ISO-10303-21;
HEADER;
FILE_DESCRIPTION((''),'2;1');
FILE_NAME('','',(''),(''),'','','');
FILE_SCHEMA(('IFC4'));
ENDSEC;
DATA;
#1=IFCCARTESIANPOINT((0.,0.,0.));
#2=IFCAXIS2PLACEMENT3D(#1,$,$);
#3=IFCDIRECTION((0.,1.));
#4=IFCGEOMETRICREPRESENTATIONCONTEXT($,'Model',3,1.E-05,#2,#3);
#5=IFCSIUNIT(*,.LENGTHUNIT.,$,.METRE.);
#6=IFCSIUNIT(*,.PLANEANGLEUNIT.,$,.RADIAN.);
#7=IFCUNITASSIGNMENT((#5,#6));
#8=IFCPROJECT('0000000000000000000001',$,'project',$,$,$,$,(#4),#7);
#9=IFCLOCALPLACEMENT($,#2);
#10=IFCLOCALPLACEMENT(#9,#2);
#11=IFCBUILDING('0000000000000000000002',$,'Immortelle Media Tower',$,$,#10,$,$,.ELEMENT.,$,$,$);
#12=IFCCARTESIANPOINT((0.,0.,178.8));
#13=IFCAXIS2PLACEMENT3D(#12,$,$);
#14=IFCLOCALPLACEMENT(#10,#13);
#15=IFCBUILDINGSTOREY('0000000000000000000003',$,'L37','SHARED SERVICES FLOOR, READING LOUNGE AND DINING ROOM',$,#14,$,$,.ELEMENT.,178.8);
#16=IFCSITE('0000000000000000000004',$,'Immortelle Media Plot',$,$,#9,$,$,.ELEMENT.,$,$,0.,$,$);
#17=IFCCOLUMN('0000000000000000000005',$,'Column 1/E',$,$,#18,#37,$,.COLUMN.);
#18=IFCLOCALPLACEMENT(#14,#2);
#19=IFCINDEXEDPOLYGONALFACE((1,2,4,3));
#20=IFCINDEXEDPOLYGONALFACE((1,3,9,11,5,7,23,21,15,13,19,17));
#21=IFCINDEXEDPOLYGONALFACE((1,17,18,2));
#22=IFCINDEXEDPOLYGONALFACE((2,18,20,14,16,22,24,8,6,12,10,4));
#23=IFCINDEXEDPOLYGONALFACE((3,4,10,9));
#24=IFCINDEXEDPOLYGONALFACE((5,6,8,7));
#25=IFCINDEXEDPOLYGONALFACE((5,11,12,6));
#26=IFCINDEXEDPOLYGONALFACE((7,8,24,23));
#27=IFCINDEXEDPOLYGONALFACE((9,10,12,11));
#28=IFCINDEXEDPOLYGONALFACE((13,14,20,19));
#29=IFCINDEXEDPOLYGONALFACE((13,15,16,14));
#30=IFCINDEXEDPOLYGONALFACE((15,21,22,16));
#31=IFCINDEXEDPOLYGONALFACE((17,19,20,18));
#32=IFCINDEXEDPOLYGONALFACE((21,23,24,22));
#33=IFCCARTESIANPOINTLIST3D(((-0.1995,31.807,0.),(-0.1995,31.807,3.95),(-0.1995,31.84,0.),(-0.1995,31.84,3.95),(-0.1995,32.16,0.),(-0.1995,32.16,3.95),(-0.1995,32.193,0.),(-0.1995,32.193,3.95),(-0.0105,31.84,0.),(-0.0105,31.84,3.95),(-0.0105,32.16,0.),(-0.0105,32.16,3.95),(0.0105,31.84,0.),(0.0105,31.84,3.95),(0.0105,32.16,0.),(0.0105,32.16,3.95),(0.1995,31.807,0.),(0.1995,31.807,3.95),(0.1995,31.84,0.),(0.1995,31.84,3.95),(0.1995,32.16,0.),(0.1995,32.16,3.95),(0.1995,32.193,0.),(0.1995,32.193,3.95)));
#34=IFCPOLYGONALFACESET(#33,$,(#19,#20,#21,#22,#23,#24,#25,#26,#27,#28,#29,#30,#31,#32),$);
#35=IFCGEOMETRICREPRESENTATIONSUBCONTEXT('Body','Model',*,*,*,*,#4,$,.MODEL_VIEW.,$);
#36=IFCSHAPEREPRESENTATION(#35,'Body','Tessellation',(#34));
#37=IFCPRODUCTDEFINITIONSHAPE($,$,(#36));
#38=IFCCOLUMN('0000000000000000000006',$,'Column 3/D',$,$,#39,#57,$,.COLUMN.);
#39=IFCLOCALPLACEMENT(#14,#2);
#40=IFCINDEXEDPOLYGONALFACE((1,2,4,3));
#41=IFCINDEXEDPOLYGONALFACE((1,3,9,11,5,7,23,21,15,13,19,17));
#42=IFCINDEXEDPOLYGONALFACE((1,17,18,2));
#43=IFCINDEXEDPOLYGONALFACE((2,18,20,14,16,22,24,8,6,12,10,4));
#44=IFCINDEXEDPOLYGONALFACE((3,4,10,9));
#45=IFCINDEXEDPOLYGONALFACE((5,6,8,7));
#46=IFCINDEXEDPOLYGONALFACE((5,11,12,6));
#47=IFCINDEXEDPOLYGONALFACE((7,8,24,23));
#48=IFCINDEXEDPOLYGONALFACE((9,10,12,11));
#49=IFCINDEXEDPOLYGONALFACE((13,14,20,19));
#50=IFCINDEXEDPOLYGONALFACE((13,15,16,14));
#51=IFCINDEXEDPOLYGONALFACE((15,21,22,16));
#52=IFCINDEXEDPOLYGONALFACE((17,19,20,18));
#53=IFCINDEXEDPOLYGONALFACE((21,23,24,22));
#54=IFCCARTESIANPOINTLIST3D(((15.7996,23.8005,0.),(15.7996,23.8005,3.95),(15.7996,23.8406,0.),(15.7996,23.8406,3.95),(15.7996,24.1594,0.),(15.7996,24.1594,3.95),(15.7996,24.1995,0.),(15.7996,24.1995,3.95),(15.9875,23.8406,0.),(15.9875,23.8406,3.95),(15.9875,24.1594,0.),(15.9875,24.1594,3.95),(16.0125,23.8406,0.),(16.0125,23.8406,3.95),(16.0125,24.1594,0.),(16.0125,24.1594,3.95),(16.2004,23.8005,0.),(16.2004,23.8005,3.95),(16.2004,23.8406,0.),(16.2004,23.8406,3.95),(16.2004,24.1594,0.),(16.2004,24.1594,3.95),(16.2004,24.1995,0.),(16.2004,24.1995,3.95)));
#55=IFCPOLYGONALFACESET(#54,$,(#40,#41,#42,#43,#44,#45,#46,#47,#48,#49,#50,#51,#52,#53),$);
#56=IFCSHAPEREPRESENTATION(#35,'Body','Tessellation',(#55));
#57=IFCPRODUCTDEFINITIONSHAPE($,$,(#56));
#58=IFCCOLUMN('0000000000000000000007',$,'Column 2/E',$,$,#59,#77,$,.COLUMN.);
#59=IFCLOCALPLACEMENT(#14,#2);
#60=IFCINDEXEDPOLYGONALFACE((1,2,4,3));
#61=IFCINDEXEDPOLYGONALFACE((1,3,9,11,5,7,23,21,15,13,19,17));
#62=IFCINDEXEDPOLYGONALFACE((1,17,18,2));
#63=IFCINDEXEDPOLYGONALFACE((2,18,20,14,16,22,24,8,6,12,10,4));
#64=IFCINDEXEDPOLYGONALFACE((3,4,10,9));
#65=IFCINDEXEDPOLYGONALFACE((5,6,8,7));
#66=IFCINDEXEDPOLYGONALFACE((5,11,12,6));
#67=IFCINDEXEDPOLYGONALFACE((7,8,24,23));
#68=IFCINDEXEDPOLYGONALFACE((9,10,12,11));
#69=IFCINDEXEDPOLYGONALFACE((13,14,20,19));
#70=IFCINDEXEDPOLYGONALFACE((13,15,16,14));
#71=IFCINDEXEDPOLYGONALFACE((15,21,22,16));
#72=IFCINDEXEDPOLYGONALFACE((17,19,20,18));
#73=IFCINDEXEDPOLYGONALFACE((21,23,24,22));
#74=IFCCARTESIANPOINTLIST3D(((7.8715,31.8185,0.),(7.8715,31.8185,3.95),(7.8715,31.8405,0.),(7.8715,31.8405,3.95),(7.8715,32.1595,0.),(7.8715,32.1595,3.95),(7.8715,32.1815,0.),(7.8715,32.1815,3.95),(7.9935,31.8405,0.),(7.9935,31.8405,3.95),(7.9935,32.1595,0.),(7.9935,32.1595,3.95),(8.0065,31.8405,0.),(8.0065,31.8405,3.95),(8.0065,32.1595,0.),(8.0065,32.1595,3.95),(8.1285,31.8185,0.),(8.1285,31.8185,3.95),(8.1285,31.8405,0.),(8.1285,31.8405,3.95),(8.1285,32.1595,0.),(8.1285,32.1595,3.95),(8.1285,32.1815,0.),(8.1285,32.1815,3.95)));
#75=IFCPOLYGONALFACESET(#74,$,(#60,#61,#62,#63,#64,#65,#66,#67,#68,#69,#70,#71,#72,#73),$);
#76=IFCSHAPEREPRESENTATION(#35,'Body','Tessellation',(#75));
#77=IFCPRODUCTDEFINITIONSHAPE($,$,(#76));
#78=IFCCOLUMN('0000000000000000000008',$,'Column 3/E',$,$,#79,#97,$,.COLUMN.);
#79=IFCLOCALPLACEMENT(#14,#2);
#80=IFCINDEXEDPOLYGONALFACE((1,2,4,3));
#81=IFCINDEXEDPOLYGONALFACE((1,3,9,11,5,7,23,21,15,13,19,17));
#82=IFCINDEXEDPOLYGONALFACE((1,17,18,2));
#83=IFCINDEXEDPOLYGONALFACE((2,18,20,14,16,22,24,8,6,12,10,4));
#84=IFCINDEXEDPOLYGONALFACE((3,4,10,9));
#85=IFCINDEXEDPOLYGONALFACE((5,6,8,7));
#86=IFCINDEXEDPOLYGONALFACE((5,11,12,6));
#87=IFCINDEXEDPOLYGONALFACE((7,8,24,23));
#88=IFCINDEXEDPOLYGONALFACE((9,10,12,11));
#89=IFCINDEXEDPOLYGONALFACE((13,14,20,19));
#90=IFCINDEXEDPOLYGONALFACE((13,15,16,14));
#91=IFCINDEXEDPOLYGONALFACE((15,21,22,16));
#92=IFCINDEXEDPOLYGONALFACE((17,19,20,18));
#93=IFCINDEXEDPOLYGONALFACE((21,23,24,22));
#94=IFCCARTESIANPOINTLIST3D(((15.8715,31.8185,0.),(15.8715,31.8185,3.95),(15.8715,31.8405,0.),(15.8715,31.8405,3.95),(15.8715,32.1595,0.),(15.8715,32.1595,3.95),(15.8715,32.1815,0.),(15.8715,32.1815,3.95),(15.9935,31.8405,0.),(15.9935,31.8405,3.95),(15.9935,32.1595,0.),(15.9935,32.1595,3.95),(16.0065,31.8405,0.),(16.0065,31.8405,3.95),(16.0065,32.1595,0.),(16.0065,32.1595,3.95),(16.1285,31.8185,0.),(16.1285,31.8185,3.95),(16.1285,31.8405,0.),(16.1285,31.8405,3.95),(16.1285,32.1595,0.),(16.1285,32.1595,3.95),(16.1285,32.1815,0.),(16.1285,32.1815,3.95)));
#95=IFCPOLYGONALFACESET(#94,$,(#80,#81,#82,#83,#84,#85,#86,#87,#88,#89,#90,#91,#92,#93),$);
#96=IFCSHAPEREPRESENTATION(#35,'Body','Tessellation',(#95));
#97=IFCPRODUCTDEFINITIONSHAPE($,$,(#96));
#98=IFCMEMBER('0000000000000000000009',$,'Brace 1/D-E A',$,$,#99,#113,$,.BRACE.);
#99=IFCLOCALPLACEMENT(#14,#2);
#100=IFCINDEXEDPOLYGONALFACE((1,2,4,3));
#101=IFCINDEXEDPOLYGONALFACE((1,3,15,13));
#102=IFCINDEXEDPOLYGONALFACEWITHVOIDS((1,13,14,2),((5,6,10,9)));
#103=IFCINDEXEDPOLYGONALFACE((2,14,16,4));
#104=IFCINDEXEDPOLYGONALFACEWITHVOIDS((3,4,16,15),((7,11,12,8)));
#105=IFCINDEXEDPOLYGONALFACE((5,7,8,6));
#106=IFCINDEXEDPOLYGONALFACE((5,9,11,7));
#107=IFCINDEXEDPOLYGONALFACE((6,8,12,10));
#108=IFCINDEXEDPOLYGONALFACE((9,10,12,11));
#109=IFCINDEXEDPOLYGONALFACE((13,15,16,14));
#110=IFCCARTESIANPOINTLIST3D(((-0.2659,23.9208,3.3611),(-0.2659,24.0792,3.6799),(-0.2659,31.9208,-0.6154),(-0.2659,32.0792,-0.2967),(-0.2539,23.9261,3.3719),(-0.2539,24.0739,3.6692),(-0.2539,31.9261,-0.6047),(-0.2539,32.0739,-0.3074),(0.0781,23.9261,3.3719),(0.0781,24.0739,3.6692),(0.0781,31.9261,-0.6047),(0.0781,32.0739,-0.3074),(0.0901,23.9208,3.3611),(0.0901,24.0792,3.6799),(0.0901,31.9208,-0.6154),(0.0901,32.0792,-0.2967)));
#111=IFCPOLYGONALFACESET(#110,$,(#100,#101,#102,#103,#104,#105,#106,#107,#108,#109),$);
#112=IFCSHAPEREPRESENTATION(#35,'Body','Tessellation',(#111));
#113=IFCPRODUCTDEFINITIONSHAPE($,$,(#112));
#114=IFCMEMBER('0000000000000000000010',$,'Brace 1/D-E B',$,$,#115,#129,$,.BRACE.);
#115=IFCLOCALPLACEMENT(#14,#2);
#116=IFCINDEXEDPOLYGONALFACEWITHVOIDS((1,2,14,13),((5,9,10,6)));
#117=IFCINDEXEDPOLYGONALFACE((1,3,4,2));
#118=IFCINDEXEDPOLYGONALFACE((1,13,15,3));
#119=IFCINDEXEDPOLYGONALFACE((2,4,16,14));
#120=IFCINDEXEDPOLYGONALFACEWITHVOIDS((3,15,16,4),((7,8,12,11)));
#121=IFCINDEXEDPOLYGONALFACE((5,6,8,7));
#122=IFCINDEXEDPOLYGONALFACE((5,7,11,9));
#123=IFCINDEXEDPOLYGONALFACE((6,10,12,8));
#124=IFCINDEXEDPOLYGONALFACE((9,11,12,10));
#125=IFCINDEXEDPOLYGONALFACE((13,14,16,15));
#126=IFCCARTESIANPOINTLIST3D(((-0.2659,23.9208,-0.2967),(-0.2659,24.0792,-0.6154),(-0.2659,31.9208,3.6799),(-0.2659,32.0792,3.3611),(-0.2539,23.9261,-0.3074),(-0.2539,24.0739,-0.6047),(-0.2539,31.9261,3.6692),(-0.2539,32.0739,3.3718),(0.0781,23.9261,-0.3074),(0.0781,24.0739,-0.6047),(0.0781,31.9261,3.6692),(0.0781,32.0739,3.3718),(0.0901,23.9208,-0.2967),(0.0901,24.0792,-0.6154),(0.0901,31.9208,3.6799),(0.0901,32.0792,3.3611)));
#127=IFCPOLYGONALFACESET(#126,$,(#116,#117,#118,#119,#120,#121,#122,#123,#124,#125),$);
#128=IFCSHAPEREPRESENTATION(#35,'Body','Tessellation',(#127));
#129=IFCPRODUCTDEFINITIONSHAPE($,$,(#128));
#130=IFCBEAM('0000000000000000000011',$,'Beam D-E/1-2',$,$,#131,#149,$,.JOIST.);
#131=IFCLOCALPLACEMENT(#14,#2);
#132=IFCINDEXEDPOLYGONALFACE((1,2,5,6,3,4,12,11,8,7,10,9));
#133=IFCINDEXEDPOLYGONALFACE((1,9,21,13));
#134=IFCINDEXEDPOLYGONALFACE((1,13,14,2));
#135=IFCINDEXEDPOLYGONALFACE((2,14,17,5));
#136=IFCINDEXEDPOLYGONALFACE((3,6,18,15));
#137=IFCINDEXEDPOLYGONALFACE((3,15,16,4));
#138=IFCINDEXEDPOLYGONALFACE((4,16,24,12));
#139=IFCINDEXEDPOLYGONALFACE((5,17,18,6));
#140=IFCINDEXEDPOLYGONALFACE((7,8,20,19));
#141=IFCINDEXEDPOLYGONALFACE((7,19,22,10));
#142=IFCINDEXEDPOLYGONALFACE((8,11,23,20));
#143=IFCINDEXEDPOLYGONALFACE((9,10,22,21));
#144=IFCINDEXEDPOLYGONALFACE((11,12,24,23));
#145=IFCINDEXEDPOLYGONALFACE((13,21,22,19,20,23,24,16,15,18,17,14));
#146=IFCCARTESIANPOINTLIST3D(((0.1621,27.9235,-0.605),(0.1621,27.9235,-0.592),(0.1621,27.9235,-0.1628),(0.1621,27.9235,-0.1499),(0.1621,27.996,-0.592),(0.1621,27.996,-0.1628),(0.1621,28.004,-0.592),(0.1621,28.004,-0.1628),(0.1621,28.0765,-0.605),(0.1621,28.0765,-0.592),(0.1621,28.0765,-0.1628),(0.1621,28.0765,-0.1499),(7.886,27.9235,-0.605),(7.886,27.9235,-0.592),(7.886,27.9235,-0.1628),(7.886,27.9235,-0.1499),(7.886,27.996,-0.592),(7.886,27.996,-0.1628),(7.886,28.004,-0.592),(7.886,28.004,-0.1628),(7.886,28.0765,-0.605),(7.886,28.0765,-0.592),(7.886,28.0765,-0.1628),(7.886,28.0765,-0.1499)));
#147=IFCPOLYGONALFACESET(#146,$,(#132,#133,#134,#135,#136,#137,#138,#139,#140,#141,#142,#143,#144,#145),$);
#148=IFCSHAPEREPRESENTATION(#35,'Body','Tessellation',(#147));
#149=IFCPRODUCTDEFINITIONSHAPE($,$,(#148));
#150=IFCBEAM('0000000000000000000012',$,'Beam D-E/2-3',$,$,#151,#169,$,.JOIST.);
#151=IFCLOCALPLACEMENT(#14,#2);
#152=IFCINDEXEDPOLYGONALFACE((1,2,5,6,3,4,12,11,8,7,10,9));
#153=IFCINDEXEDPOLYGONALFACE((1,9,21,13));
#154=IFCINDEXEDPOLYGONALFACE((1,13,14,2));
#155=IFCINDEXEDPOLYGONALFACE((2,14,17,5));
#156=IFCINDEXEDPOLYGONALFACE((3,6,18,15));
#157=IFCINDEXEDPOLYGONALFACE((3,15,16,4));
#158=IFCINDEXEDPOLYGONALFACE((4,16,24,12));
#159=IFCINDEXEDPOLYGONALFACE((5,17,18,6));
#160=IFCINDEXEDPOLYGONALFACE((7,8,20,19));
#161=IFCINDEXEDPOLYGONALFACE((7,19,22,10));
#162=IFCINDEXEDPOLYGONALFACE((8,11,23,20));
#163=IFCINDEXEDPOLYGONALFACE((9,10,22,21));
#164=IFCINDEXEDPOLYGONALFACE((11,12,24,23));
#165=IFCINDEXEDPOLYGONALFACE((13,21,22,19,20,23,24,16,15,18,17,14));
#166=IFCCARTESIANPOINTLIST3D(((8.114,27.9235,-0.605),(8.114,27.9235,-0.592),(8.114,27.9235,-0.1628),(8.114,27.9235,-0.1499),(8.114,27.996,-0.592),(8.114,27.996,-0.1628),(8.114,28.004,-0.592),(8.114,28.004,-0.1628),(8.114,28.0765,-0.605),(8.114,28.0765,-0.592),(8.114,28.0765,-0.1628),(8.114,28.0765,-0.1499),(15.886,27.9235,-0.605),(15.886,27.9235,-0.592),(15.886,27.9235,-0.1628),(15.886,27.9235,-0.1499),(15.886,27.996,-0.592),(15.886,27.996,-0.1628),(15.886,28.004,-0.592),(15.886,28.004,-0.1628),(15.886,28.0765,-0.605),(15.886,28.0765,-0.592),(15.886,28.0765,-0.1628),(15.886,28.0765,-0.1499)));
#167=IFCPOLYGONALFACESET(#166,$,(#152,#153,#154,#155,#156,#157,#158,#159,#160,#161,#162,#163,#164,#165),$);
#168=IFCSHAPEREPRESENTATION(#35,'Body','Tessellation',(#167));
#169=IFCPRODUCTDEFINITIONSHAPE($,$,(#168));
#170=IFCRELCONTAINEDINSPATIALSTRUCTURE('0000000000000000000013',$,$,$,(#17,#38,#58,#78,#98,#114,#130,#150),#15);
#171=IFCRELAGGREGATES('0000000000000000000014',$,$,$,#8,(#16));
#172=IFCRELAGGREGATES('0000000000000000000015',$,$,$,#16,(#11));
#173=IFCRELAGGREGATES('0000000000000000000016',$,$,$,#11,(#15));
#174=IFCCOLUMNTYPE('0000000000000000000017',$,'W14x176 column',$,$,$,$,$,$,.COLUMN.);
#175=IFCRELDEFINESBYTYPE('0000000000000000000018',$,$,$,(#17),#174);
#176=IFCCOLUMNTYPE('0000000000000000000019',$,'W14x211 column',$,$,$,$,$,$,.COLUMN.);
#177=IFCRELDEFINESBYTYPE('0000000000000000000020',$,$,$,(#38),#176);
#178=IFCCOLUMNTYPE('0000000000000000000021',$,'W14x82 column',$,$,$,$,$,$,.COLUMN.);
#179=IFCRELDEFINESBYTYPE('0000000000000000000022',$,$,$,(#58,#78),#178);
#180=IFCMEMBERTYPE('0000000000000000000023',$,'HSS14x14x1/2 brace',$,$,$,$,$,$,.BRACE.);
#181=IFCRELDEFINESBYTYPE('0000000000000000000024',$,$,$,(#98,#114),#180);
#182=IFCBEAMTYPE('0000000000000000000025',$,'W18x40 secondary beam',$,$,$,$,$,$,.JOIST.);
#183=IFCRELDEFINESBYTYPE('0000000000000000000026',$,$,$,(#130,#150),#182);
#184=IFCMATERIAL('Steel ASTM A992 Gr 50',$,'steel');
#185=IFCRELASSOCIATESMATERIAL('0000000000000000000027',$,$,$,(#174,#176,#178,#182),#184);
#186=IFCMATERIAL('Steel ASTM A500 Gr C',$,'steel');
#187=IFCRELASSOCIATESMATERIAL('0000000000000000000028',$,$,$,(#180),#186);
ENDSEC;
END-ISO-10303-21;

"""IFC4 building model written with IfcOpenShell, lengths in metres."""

from ifc_helpers import new_model, si_unit, direction, frame, origin, origin_2d, place, context, subcontext, project, spatial, hollow_rectangle, i_section, extrude, material, material_profile, profile_set, type_object, element, save


model = new_model("IFC4")

# Units and contexts
model_context = context("Model", 3, precision=1e-05, world=origin(), true_north=direction((0.0, 1.0)))
body_context = subcontext(model_context, "Body", "Model", "MODEL_VIEW")
ifc_project = project(units=[si_unit("LENGTHUNIT", "METRE"), si_unit("PLANEANGLEUNIT", "RADIAN")], contexts=[model_context])

# Site, building, storey
site_placement = place(None, origin())
site = spatial("IfcSite", under=ifc_project, at=site_placement, Name="Immortelle Media Plot", CompositionType="ELEMENT", RefElevation=0.0)
building_placement = place(site_placement, origin())
building = spatial("IfcBuilding", under=site, at=building_placement, Name="Immortelle Media Tower", CompositionType="ELEMENT")
storey_placement = place(building_placement, frame((0.0, 0.0, 178.8)))
storey = spatial("IfcBuildingStorey", under=building, at=storey_placement, Name="L37", Description="SHARED SERVICES FLOOR, READING LOUNGE AND DINING ROOM", CompositionType="ELEMENT", Elevation=178.8)

# Columns
ifc_material_1 = material(Name="Steel ASTM A992 Gr 50", Category="steel")
ifc_material_profile_1 = material_profile(ifc_material_1, i_section(OverallWidth=0.3989, OverallDepth=0.386, WebThickness=0.021, FlangeThickness=0.033, at=origin_2d()), Name="W14x176")
ifc_profile_set_1 = profile_set([ifc_material_profile_1], Name="Steel ASTM A992 Gr 50")
column_type_1 = type_object("IfcColumnType", Name="W14x176 column", PredefinedType="COLUMN", material=ifc_profile_set_1)
column_1_placement = place(storey_placement, frame((0.0, 32.0, 0.0), z_axis=(0.0, 0.0, 1.0), x_axis=(1.0, 0.0, 0.0)))
element("IfcColumn", 1, at=column_1_placement, inside=storey, type_object=column_type_1, Name="Column 1/E", PredefinedType="COLUMN", context=body_context, shape_type="SweptSolid", body=[
    extrude(i_section(OverallWidth=0.3989, OverallDepth=0.386, WebThickness=0.021, FlangeThickness=0.033, at=origin_2d()), origin(), (0.0, 0.0, 1.0), 3.95),
])
ifc_material_profile_2 = material_profile(ifc_material_1, i_section(OverallWidth=0.4009, OverallDepth=0.3989, WebThickness=0.0249, FlangeThickness=0.04, at=origin_2d()), Name="W14x211")
ifc_profile_set_2 = profile_set([ifc_material_profile_2], Name="Steel ASTM A992 Gr 50")
column_type_2 = type_object("IfcColumnType", Name="W14x211 column", PredefinedType="COLUMN", material=ifc_profile_set_2)
column_2_placement = place(storey_placement, frame((16.0, 24.0, 0.0), z_axis=(0.0, 0.0, 1.0), x_axis=(1.0, 0.0, 0.0)))
element("IfcColumn", 2, at=column_2_placement, inside=storey, type_object=column_type_2, Name="Column 3/D", PredefinedType="COLUMN", context=body_context, shape_type="SweptSolid", body=[
    extrude(i_section(OverallWidth=0.4009, OverallDepth=0.3989, WebThickness=0.0249, FlangeThickness=0.04, at=origin_2d()), origin(), (0.0, 0.0, 1.0), 3.95),
])
ifc_material_profile_3 = material_profile(ifc_material_1, i_section(OverallWidth=0.2571, OverallDepth=0.363, WebThickness=0.0129, FlangeThickness=0.022, at=origin_2d()), Name="W14x82")
ifc_profile_set_3 = profile_set([ifc_material_profile_3], Name="Steel ASTM A992 Gr 50")
column_type_3 = type_object("IfcColumnType", Name="W14x82 column", PredefinedType="COLUMN", material=ifc_profile_set_3)
for number, where, z_axis, x_axis, name in (
    (3, (8.0, 32.0, 0.0), (0.0, 0.0, 1.0), (1.0, 0.0, 0.0), "Column 2/E"),
    (4, (16.0, 32.0, 0.0), (0.0, 0.0, 1.0), (1.0, 0.0, 0.0), "Column 3/E"),
):
    element("IfcColumn", number, at=place(storey_placement, frame(where, z_axis=z_axis, x_axis=x_axis)), inside=storey, type_object=column_type_3, Name=name, PredefinedType="COLUMN", context=body_context, shape_type="SweptSolid", body=[
        extrude(i_section(OverallWidth=0.2571, OverallDepth=0.363, WebThickness=0.0129, FlangeThickness=0.022, at=origin_2d()), origin(), (0.0, 0.0, 1.0), 3.95),
    ])

# Members
ifc_material_2 = material(Name="Steel ASTM A500 Gr C", Category="steel")
ifc_material_profile_4 = material_profile(ifc_material_2, hollow_rectangle(XDim=0.356, YDim=0.356, WallThickness=0.012, at=origin_2d()), Name="HSS14x14x1/2 brace")
ifc_profile_set_4 = profile_set([ifc_material_profile_4], Name="Steel ASTM A500 Gr C")
member_type = type_object("IfcMemberType", Name="HSS14x14x1/2 brace", PredefinedType="BRACE", material=ifc_profile_set_4)
for number, where, z_axis, x_axis, name in (
    (5, (-0.0879, 32.0, -0.4561), (0.0, -0.895474, 0.445114), (1.0, 0.0, 0.0), "Brace 1/D-E A"),
    (6, (-0.0879, 32.0, 3.5205), (0.0, -0.895474, -0.445114), (1.0, 0.0, 0.0), "Brace 1/D-E B"),
):
    element("IfcMember", number, at=place(storey_placement, frame(where, z_axis=z_axis, x_axis=x_axis)), inside=storey, type_object=member_type, Name=name, PredefinedType="BRACE", context=body_context, shape_type="SweptSolid", body=[
        extrude(hollow_rectangle(XDim=0.356, YDim=0.356, WallThickness=0.012, at=origin_2d()), origin(), (0.0, 0.0, 1.0), 8.9338),
    ])

# Beams
ifc_material_profile_5 = material_profile(ifc_material_1, i_section(OverallWidth=0.1531, OverallDepth=0.4551, WebThickness=0.0081, FlangeThickness=0.0129, at=origin_2d()), Name="W18x40")
ifc_profile_set_5 = profile_set([ifc_material_profile_5], Name="Steel ASTM A992 Gr 50")
beam_type_1 = type_object("IfcBeamType", Name="W18x40 secondary beam", PredefinedType="JOIST", material=ifc_profile_set_5)
beam_1_placement = place(storey_placement, frame((0.1621, 28.0, -0.3774), z_axis=(1.0, 0.0, 0.0), x_axis=(0.0, 1.0, 0.0)))
element("IfcBeam", 7, at=beam_1_placement, inside=storey, type_object=beam_type_1, Name="Beam D-E/1-2", PredefinedType="JOIST", context=body_context, shape_type="SweptSolid", body=[
    extrude(i_section(OverallWidth=0.1531, OverallDepth=0.4551, WebThickness=0.0081, FlangeThickness=0.0129, at=origin_2d()), origin(), (0.0, 0.0, 1.0), 7.7239),
])
beam_2_placement = place(storey_placement, frame((8.114, 28.0, -0.3774), z_axis=(1.0, 0.0, 0.0), x_axis=(0.0, 1.0, 0.0)))
element("IfcBeam", 8, at=beam_2_placement, inside=storey, type_object=beam_type_1, Name="Beam D-E/2-3", PredefinedType="JOIST", context=body_context, shape_type="SweptSolid", body=[
    extrude(i_section(OverallWidth=0.1531, OverallDepth=0.4551, WebThickness=0.0081, FlangeThickness=0.0129, at=origin_2d()), origin(), (0.0, 0.0, 1.0), 7.772),
])

save(model, "model.ifc")
